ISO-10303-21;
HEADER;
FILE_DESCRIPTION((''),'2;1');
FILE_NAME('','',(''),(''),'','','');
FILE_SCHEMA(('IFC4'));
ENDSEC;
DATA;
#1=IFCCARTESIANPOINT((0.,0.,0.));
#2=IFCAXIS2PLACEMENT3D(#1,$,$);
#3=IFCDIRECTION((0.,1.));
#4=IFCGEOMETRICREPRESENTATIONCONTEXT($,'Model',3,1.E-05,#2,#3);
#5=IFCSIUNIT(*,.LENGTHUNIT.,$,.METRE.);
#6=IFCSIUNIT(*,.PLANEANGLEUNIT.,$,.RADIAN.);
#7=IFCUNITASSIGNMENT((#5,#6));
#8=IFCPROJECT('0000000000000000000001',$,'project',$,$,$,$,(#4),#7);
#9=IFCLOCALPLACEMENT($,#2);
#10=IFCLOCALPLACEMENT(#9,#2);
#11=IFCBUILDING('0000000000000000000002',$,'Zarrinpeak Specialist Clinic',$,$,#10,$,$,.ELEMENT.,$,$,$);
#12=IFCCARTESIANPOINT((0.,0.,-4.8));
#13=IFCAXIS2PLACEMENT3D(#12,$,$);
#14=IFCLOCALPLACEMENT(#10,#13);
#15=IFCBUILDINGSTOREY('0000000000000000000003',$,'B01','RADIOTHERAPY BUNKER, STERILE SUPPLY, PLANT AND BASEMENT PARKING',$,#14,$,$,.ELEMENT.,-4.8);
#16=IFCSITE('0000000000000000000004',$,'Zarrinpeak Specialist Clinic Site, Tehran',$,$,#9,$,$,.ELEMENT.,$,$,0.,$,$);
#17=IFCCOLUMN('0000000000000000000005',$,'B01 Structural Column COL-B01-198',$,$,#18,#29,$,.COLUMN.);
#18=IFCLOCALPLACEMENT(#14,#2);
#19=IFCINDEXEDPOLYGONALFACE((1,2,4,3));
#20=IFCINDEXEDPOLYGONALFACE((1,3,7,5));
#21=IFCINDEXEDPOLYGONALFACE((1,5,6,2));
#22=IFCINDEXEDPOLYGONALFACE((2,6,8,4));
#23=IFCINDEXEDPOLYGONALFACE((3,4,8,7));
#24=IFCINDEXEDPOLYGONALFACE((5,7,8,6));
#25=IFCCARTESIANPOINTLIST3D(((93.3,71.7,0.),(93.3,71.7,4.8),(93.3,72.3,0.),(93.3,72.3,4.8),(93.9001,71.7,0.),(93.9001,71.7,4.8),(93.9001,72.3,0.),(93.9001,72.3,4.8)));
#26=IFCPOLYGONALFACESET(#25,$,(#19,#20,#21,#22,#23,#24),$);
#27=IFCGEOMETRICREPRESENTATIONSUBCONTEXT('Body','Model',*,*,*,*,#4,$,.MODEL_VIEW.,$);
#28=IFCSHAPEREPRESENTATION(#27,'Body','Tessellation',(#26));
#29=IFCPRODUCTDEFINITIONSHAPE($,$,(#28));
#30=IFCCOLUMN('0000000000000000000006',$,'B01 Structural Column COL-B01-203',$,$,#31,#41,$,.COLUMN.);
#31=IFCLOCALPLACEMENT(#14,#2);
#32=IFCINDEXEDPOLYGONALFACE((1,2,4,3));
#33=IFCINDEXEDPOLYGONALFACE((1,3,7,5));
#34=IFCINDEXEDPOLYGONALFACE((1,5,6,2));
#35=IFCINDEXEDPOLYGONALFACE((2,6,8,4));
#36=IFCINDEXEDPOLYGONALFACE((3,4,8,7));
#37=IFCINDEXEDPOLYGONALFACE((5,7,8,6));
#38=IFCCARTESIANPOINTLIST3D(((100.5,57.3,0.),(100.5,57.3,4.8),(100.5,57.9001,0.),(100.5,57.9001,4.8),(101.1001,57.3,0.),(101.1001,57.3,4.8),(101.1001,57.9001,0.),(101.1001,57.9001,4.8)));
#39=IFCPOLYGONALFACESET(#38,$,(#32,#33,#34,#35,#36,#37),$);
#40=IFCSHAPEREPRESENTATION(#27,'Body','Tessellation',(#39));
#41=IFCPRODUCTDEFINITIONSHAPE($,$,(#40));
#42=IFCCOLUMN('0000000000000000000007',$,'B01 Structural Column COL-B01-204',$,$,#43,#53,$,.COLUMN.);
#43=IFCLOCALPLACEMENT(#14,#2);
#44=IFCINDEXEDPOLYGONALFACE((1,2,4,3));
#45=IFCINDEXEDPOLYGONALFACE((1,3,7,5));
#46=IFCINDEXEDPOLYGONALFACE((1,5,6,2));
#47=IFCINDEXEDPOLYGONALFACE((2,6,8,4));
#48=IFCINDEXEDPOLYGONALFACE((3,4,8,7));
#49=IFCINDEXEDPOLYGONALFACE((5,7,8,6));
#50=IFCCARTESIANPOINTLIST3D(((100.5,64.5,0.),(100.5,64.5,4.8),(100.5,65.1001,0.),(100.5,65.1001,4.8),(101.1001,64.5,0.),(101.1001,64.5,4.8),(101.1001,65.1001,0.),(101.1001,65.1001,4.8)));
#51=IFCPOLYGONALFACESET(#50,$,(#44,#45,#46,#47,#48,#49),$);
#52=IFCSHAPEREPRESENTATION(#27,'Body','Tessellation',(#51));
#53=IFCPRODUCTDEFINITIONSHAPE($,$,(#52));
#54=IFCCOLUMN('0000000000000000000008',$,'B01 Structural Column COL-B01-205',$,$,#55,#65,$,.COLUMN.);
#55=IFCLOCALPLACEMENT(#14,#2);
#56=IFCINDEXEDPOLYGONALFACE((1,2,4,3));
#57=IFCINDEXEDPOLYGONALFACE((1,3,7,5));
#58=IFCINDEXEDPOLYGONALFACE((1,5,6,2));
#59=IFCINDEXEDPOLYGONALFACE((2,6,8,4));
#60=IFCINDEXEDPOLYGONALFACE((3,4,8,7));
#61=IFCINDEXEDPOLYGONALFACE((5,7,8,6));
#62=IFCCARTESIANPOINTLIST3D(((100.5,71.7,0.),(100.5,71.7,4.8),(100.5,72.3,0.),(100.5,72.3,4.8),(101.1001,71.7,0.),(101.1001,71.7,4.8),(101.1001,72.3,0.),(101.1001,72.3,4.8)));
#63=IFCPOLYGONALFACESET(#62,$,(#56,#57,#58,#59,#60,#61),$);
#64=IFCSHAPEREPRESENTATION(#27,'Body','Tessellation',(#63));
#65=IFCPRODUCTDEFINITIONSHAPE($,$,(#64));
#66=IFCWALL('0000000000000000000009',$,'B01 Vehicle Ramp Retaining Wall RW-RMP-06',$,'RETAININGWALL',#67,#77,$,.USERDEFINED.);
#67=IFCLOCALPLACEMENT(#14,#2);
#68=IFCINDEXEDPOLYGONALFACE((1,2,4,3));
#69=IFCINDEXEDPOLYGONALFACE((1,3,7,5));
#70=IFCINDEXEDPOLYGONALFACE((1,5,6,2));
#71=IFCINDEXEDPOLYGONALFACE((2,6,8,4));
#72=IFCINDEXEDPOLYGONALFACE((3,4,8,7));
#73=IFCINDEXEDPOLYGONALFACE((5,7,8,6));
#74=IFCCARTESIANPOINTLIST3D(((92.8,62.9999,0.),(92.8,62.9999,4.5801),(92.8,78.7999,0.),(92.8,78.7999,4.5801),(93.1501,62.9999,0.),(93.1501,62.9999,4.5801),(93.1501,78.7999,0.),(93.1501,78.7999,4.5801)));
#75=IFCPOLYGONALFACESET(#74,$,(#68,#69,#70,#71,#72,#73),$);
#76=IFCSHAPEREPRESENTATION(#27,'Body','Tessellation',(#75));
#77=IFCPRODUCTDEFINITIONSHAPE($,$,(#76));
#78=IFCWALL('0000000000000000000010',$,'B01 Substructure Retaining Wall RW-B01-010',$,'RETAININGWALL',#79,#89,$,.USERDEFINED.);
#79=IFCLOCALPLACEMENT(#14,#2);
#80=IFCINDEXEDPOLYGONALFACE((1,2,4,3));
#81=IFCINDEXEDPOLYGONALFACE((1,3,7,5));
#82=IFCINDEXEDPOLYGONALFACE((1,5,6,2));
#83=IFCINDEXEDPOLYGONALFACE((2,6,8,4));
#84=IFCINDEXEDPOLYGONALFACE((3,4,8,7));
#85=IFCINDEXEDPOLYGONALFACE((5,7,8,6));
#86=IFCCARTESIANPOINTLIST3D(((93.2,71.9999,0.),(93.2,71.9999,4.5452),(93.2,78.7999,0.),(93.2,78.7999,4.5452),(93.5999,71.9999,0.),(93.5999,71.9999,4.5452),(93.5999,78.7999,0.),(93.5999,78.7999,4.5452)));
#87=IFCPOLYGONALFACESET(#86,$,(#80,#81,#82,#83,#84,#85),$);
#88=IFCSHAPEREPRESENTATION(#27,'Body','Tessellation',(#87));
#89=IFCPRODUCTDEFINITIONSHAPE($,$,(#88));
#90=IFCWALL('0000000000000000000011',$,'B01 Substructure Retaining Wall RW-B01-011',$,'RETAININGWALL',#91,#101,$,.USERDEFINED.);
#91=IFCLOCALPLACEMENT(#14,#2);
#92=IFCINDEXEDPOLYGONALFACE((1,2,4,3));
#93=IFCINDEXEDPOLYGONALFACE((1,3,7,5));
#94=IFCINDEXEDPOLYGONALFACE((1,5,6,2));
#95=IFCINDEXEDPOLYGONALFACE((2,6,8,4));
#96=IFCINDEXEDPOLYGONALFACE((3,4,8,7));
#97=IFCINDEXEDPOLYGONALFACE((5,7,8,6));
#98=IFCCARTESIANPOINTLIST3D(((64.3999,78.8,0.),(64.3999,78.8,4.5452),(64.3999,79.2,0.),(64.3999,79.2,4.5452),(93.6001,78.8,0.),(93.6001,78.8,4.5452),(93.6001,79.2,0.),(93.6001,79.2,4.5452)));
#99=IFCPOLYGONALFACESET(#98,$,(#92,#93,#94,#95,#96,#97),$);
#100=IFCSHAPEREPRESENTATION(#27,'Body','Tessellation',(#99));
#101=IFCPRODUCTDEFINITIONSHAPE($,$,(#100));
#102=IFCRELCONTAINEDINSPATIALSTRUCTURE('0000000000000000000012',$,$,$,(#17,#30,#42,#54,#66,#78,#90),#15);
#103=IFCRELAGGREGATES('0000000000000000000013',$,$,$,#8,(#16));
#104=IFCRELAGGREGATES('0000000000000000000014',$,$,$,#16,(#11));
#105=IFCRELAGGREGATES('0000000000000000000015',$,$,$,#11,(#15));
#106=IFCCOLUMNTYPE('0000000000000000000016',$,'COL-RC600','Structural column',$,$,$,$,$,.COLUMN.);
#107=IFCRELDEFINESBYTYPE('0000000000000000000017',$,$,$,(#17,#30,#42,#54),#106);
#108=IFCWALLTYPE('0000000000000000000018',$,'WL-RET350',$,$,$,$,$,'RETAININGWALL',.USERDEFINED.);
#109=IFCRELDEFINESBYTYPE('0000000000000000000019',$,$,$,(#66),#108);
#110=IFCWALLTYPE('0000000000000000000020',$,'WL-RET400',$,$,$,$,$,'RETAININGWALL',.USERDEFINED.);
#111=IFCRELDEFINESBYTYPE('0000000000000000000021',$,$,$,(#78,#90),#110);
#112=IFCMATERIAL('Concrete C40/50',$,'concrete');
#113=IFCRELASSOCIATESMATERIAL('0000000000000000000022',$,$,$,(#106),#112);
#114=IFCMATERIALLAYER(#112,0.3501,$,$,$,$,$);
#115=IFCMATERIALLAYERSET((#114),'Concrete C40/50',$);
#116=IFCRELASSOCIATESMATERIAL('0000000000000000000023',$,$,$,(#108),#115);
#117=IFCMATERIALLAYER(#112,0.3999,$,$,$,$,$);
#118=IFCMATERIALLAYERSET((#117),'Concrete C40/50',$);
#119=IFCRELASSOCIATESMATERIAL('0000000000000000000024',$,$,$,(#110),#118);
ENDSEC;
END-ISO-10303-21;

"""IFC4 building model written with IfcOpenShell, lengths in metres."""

from ifc_helpers import new_model, si_unit, direction, frame, frame_2d, origin, origin_2d, place, context, subcontext, project, spatial, rectangle, extrude, material, layer, layer_set, material_profile, profile_set, type_object, element, save


model = new_model("IFC4")

# Units and contexts
model_context = context("Model", 3, precision=1e-05, world=origin(), true_north=direction((0.0, 1.0)))
body_context = subcontext(model_context, "Body", "Model", "MODEL_VIEW")
ifc_project = project(units=[si_unit("LENGTHUNIT", "METRE"), si_unit("PLANEANGLEUNIT", "RADIAN")], contexts=[model_context])

# Site, building, storey
site_placement = place(None, origin())
site = spatial("IfcSite", under=ifc_project, at=site_placement, Name="Zarrinpeak Specialist Clinic Site, Tehran", CompositionType="ELEMENT", RefElevation=0.0)
building_placement = place(site_placement, origin())
building = spatial("IfcBuilding", under=site, at=building_placement, Name="Zarrinpeak Specialist Clinic", CompositionType="ELEMENT")
storey_placement = place(building_placement, frame((0.0, 0.0, -4.8)))
storey = spatial("IfcBuildingStorey", under=building, at=storey_placement, Name="B01", Description="RADIOTHERAPY BUNKER, STERILE SUPPLY, PLANT AND BASEMENT PARKING", CompositionType="ELEMENT", Elevation=-4.8)

# Shared definitions
ifc_material = material(Name="Concrete C40/50", Category="concrete")

# Columns
ifc_material_profile_1 = material_profile(ifc_material, rectangle(XDim=0.6001, YDim=0.6001, at=origin_2d()), Name="RC 600x600")
ifc_profile_set_1 = profile_set([ifc_material_profile_1], Name="Concrete C40/50")
column_type = type_object("IfcColumnType", Name="COL-RC600", Description="Structural column", PredefinedType="COLUMN", material=ifc_profile_set_1)
for number, where, z_axis, x_axis, name in (
    (1, (93.6001, 72.0, 0.0), (0.0, 0.0, 1.0), (1.0, 0.0, 0.0), "B01 Structural Column COL-B01-198"),
    (2, (100.8, 57.6001, 0.0), (0.0, 0.0, 1.0), (1.0, 0.0, 0.0), "B01 Structural Column COL-B01-203"),
    (3, (100.8, 64.8, 0.0), (0.0, 0.0, 1.0), (1.0, 0.0, 0.0), "B01 Structural Column COL-B01-204"),
    (4, (100.8, 72.0, 0.0), (0.0, 0.0, 1.0), (1.0, 0.0, 0.0), "B01 Structural Column COL-B01-205"),
):
    element("IfcColumn", number, at=place(storey_placement, frame(where, z_axis=z_axis, x_axis=x_axis)), inside=storey, type_object=column_type, Name=name, PredefinedType="COLUMN", context=body_context, shape_type="SweptSolid", body=[
        extrude(rectangle(XDim=0.6001, YDim=0.6001, at=origin_2d()), origin(), (0.0, 0.0, 1.0), 4.8),
    ])

# Walls
ifc_layer_1 = layer(ifc_material, 0.3501)
ifc_layer_set_1 = layer_set([ifc_layer_1], Name="Concrete C40/50")
wall_type_1 = type_object("IfcWallType", Name="WL-RET350", ElementType="RETAININGWALL", PredefinedType="USERDEFINED", material=ifc_layer_set_1)
wall_1_placement = place(storey_placement, frame((92.9751, 63.0, 0.0), z_axis=(0.0, 0.0, 1.0), x_axis=(0.0, 1.0, 0.0)))
element("IfcWall", 5, at=wall_1_placement, inside=storey, type_object=wall_type_1, Name="B01 Vehicle Ramp Retaining Wall RW-RMP-06", ObjectType="RETAININGWALL", PredefinedType="USERDEFINED", context=body_context, shape_type="SweptSolid", body=[
    extrude(rectangle(XDim=15.8, YDim=0.3501, at=frame_2d((7.8999, 0.0))), origin(), (0.0, 0.0, 1.0), 4.5801),
])
ifc_layer_2 = layer(ifc_material, 0.3999)
ifc_layer_set_2 = layer_set([ifc_layer_2], Name="Concrete C40/50")
wall_type_2 = type_object("IfcWallType", Name="WL-RET400", ElementType="RETAININGWALL", PredefinedType="USERDEFINED", material=ifc_layer_set_2)
wall_2_placement = place(storey_placement, frame((93.3999, 72.0, 0.0), z_axis=(0.0, 0.0, 1.0), x_axis=(0.0, 1.0, 0.0)))
element("IfcWall", 6, at=wall_2_placement, inside=storey, type_object=wall_type_2, Name="B01 Substructure Retaining Wall RW-B01-010", ObjectType="RETAININGWALL", PredefinedType="USERDEFINED", context=body_context, shape_type="SweptSolid", body=[
    extrude(rectangle(XDim=6.8, YDim=0.3999, at=frame_2d((3.3999, 0.0))), origin(), (0.0, 0.0, 1.0), 4.5452),
])
wall_3_placement = place(storey_placement, frame((93.6001, 79.0, 0.0), z_axis=(0.0, 0.0, 1.0), x_axis=(-1.0, 0.0, 0.0)))
element("IfcWall", 7, at=wall_3_placement, inside=storey, type_object=wall_type_2, Name="B01 Substructure Retaining Wall RW-B01-011", ObjectType="RETAININGWALL", PredefinedType="USERDEFINED", context=body_context, shape_type="SweptSolid", body=[
    extrude(rectangle(XDim=29.2002, YDim=0.3999, at=frame_2d((14.6001, 0.0))), origin(), (0.0, 0.0, 1.0), 4.5452),
])

save(model, "model.ifc")
